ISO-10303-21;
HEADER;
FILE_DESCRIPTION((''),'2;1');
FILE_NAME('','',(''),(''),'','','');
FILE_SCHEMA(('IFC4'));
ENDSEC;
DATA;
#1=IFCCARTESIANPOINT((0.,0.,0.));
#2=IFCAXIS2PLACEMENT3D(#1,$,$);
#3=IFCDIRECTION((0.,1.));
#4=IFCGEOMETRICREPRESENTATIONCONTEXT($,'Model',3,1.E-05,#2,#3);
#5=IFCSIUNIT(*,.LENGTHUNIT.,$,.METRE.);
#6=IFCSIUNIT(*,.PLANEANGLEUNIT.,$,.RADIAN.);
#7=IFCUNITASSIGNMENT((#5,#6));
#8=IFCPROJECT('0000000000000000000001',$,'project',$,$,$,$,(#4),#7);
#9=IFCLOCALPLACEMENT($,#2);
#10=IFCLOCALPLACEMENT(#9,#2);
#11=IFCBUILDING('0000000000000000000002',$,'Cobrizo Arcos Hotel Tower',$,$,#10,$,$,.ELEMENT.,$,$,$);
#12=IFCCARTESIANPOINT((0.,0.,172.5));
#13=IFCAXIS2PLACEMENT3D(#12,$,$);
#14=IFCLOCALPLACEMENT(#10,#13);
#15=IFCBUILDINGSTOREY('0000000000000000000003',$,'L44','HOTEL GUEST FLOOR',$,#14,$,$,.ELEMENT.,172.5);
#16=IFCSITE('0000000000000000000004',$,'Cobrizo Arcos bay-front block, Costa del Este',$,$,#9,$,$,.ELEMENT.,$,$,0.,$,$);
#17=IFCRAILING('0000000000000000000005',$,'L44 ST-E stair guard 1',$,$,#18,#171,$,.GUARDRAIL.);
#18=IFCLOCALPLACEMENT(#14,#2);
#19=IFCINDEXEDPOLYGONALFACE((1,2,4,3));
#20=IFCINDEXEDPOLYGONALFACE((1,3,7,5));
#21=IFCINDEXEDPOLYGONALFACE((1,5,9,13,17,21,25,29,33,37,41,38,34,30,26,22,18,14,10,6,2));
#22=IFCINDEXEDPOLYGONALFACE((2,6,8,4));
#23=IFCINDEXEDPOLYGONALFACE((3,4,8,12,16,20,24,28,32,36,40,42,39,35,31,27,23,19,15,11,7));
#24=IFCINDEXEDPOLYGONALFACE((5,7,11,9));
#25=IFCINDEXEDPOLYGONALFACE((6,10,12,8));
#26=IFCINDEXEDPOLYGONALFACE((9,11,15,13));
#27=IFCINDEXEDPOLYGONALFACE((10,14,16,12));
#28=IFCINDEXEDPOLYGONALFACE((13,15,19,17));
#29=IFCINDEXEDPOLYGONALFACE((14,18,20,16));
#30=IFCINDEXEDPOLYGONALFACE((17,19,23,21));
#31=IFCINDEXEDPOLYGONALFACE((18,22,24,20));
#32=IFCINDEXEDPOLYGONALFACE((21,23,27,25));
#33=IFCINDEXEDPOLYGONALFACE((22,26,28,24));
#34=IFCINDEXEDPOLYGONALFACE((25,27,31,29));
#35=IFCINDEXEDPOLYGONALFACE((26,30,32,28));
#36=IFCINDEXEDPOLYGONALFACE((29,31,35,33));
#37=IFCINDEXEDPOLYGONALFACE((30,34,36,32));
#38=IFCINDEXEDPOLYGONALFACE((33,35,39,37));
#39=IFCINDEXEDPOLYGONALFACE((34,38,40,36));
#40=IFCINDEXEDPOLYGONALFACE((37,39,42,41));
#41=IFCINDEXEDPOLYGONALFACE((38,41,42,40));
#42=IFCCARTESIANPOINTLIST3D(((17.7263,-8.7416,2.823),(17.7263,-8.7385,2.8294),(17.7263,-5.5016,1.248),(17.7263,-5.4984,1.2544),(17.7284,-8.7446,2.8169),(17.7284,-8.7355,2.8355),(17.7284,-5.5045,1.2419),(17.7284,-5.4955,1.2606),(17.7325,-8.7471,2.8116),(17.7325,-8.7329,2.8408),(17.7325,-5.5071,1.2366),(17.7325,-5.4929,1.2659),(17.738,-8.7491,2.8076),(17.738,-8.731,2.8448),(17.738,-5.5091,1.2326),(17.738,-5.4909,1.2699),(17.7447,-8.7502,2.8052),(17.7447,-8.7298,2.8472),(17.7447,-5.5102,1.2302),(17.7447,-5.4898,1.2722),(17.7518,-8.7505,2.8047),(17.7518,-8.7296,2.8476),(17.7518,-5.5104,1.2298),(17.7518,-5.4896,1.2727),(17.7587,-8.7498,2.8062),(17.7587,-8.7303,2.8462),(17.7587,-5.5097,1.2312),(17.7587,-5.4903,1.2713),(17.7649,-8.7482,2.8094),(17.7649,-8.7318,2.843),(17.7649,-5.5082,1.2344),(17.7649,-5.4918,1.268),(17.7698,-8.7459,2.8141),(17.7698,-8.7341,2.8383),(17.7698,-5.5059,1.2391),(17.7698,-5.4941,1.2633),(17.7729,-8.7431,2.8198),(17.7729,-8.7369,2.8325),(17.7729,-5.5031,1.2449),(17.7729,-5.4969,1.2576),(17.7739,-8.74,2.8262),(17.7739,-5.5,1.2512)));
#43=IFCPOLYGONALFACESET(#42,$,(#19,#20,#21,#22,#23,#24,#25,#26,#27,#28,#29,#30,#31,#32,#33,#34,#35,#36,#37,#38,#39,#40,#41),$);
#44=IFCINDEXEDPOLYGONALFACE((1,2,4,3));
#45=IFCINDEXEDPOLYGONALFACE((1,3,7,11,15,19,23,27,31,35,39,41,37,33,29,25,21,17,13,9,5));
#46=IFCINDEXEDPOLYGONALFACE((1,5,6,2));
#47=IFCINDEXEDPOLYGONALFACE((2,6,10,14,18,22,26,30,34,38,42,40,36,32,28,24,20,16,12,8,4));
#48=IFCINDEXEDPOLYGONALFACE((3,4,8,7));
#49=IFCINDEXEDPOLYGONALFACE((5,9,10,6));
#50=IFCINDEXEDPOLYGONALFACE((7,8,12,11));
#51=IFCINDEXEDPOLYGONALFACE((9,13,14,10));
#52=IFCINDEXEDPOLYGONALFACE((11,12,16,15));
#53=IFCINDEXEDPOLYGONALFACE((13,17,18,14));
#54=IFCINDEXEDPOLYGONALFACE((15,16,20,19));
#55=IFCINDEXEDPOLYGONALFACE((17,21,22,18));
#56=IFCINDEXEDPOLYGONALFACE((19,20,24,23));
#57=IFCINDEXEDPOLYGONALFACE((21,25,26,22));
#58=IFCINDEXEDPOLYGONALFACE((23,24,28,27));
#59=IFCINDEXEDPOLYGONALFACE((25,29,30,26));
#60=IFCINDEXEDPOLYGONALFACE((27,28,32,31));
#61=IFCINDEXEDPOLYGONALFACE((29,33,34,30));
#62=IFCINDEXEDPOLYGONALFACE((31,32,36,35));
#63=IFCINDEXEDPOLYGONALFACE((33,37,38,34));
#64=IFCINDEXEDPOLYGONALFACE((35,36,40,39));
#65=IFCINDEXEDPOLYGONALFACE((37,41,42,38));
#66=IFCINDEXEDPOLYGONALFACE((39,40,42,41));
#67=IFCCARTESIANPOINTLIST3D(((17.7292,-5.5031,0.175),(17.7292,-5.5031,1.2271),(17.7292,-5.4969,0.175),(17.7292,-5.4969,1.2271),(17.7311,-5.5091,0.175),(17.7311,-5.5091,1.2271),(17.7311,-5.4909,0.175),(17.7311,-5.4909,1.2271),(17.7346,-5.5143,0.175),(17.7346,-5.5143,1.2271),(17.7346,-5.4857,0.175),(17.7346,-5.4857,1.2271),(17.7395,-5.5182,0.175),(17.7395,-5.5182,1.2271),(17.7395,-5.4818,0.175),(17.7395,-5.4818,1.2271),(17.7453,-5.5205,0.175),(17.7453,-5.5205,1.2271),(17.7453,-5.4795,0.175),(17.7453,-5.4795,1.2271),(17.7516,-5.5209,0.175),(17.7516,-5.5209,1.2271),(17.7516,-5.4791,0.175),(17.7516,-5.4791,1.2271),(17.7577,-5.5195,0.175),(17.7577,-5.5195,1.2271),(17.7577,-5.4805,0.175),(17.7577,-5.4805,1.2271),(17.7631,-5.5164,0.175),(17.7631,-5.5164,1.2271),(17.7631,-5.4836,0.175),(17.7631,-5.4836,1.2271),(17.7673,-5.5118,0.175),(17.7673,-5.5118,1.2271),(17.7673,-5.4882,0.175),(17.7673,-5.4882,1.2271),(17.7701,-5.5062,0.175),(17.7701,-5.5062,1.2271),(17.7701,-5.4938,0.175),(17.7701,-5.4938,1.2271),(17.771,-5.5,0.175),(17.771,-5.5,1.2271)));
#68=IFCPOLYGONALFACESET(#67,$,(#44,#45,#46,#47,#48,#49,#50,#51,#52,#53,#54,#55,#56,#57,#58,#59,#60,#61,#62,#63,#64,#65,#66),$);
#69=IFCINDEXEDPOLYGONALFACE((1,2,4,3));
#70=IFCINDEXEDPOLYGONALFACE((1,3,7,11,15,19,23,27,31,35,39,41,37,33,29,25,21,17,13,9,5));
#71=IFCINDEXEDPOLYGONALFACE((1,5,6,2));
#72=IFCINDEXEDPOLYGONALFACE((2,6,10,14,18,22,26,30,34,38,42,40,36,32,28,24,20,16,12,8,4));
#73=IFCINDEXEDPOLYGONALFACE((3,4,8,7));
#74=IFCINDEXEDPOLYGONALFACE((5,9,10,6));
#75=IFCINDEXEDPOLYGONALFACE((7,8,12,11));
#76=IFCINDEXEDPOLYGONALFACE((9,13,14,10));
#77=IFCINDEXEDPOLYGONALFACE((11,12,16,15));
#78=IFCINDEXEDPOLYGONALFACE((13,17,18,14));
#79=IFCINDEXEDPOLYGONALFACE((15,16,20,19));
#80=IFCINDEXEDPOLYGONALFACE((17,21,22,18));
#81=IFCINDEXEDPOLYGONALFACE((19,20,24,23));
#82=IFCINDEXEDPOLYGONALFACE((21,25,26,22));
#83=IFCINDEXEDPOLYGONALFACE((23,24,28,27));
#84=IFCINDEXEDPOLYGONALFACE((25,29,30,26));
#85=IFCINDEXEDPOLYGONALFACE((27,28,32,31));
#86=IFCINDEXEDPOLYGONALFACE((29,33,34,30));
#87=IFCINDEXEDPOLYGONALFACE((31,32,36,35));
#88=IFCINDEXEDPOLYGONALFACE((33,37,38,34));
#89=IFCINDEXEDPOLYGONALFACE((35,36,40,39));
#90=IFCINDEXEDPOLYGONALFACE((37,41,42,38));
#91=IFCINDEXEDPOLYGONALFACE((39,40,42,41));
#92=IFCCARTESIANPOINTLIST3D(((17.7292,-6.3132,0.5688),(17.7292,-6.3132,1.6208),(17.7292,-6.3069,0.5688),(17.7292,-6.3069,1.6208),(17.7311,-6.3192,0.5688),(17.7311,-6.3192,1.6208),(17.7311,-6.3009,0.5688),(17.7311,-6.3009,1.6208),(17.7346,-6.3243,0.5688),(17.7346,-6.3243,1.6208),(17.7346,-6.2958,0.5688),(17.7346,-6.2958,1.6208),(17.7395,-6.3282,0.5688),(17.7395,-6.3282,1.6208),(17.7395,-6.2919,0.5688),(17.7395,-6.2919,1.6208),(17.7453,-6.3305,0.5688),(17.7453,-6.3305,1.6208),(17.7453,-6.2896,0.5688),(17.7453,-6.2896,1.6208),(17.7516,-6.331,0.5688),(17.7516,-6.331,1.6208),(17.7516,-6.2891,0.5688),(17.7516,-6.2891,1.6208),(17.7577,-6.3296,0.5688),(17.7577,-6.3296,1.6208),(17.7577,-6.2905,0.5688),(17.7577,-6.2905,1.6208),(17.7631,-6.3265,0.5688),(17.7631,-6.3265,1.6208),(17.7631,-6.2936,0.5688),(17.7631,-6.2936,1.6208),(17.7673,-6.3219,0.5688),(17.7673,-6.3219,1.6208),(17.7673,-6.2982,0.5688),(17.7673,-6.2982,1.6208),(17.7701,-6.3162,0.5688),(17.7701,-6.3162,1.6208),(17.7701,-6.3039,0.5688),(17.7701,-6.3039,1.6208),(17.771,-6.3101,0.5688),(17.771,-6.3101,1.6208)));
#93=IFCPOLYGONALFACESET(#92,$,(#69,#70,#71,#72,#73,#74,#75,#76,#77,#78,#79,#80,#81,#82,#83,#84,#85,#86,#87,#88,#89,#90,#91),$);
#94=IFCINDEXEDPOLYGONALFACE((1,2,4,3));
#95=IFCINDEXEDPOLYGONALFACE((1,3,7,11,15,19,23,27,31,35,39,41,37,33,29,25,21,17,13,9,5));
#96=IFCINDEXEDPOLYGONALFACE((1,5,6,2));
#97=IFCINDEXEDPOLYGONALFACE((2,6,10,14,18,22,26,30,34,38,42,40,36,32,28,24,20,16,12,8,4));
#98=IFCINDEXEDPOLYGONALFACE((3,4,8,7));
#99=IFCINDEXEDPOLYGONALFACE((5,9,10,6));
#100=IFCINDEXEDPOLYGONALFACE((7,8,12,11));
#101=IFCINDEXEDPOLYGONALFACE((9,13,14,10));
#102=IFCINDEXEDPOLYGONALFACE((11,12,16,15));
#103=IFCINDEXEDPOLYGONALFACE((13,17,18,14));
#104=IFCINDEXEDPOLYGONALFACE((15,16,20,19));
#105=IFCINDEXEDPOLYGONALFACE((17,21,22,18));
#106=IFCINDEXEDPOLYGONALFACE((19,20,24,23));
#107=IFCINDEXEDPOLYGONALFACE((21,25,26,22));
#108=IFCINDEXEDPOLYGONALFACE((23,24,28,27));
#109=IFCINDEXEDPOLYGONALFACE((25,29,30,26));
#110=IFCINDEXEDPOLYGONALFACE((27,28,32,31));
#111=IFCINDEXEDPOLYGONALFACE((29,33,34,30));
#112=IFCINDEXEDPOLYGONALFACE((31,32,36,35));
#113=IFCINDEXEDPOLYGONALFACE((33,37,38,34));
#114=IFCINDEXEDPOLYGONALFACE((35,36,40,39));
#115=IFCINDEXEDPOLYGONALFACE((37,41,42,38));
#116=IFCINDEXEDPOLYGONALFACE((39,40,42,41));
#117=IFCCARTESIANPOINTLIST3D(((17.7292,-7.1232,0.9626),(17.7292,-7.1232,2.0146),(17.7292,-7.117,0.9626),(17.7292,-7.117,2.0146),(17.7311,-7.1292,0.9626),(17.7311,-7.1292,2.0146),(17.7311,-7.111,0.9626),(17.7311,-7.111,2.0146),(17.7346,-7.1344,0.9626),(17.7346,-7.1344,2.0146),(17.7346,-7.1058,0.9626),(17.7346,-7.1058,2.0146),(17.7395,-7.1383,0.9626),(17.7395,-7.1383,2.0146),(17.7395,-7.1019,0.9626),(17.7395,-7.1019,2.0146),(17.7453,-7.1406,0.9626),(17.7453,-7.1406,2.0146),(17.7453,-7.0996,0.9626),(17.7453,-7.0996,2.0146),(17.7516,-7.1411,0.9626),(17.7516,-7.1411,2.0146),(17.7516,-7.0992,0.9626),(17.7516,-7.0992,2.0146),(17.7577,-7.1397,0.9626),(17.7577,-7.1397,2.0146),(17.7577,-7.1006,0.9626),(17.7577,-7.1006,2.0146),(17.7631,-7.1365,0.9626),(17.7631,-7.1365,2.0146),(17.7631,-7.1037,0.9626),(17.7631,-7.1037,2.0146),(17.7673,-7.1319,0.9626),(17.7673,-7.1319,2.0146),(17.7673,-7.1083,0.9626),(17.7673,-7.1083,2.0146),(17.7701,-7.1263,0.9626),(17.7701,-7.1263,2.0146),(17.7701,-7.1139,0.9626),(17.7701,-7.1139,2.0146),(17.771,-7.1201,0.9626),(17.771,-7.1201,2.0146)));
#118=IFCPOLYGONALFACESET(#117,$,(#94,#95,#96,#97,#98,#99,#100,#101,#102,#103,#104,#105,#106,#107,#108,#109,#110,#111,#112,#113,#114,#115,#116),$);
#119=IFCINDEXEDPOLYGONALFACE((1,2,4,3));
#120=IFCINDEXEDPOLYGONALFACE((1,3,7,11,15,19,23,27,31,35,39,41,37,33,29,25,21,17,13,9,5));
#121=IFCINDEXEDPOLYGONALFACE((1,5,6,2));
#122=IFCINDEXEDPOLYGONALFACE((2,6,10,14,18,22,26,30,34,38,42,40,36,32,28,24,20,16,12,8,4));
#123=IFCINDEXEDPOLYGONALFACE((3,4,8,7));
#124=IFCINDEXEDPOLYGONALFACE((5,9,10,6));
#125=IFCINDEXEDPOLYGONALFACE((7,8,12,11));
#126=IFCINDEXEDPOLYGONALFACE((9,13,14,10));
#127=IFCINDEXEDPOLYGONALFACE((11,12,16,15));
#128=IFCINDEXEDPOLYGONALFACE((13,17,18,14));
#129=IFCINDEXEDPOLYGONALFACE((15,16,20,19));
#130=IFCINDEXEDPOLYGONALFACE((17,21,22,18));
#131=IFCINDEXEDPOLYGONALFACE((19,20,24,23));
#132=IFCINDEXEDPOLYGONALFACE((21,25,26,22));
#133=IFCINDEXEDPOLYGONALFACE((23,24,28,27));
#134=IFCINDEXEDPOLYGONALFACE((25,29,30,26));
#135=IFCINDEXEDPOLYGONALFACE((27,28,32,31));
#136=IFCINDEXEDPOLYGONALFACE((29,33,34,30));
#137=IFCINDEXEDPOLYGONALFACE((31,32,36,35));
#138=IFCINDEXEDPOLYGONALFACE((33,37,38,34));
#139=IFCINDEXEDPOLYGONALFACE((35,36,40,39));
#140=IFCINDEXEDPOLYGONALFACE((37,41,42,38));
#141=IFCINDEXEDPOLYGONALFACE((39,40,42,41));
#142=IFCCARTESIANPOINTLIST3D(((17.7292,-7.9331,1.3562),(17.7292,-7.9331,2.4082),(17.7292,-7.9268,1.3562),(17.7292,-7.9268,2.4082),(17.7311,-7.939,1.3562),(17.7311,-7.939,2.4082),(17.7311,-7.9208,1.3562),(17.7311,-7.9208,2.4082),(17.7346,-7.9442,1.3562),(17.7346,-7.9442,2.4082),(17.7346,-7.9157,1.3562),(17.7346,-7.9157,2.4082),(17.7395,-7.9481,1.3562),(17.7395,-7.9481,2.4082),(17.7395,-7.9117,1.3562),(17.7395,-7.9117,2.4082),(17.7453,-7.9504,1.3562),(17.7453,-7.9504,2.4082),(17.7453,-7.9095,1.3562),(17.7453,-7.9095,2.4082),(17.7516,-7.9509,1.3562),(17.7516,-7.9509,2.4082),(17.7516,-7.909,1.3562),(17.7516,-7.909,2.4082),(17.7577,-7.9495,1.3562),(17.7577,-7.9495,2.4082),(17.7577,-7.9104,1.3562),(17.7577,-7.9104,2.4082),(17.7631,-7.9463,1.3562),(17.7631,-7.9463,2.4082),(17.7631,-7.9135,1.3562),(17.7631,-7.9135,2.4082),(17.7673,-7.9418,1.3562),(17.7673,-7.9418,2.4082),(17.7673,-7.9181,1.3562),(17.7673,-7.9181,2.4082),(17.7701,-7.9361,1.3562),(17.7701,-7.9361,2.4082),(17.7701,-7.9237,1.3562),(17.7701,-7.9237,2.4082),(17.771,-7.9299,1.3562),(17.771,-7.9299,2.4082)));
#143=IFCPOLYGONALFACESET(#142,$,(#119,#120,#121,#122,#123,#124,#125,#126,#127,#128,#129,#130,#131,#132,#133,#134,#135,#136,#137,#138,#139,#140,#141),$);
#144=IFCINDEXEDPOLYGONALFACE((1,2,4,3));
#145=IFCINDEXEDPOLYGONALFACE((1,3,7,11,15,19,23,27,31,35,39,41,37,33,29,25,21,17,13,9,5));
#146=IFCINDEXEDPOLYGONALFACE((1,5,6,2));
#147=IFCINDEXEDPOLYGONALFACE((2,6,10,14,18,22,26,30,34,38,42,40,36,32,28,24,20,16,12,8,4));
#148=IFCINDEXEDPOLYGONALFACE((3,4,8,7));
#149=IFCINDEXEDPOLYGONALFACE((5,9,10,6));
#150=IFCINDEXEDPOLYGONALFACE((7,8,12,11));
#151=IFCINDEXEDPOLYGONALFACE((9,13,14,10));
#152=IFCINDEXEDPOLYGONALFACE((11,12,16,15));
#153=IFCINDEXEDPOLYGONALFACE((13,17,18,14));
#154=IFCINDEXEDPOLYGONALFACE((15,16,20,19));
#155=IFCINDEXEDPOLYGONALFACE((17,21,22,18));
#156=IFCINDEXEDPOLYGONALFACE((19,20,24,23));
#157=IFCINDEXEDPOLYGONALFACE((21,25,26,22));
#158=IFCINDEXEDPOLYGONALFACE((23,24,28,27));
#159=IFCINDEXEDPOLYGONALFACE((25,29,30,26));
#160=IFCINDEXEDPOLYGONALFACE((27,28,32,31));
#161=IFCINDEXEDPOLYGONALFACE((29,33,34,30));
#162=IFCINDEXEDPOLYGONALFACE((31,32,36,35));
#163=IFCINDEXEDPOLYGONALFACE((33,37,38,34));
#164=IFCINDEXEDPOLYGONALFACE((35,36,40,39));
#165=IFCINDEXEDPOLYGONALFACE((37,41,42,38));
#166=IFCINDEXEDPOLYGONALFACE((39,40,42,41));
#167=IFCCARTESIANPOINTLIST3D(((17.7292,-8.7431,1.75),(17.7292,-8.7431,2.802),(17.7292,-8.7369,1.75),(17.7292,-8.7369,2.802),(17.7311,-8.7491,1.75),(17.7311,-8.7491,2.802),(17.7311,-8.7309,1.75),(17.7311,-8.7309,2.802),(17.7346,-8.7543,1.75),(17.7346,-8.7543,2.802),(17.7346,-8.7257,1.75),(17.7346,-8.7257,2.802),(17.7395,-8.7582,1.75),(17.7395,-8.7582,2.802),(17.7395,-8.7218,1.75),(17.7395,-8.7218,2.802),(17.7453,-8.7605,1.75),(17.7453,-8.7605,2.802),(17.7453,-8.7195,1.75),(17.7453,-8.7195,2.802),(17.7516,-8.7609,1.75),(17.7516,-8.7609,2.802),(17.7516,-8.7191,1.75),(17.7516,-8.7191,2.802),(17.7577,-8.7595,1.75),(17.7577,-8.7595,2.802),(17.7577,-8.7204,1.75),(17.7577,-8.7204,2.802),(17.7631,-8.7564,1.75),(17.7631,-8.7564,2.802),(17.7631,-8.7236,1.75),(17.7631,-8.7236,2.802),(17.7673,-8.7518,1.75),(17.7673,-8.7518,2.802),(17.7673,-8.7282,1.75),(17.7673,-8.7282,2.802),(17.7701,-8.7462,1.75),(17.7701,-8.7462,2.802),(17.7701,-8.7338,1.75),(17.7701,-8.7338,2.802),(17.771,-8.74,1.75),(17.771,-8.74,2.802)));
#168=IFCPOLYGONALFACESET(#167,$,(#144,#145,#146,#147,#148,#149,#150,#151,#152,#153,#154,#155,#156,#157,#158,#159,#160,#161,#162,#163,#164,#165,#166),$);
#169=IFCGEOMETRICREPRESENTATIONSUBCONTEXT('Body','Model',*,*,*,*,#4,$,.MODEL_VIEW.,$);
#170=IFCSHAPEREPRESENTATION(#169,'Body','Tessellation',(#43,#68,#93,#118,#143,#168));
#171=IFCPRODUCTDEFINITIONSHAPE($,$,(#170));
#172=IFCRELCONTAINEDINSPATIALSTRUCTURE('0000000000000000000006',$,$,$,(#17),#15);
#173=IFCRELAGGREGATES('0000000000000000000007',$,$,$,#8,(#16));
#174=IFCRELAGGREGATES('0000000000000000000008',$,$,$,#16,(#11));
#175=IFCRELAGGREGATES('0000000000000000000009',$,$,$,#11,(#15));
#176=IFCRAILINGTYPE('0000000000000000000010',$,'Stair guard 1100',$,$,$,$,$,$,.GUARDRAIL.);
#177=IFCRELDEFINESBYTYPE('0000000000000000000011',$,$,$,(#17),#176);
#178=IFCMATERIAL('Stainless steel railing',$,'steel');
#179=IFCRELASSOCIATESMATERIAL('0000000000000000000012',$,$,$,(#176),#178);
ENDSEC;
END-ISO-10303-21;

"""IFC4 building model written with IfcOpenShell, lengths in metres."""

from ifc_helpers import new_model, si_unit, direction, frame, origin, origin_2d, place, context, subcontext, project, spatial, circle, extrude, material, type_object, element, save


model = new_model("IFC4")

# Units and contexts
model_context = context("Model", 3, precision=1e-05, world=origin(), true_north=direction((0.0, 1.0)))
body_context = subcontext(model_context, "Body", "Model", "MODEL_VIEW")
ifc_project = project(units=[si_unit("LENGTHUNIT", "METRE"), si_unit("PLANEANGLEUNIT", "RADIAN")], contexts=[model_context])

# Site, building, storey
site_placement = place(None, origin())
site = spatial("IfcSite", under=ifc_project, at=site_placement, Name="Cobrizo Arcos bay-front block, Costa del Este", CompositionType="ELEMENT", RefElevation=0.0)
building_placement = place(site_placement, origin())
building = spatial("IfcBuilding", under=site, at=building_placement, Name="Cobrizo Arcos Hotel Tower", CompositionType="ELEMENT")
storey_placement = place(building_placement, frame((0.0, 0.0, 172.5)))
storey = spatial("IfcBuildingStorey", under=building, at=storey_placement, Name="L44", Description="HOTEL GUEST FLOOR", CompositionType="ELEMENT", Elevation=172.5)

# Railing
ifc_material_1 = material(Name="Stainless steel railing", Category="steel")
railing_type_1 = type_object("IfcRailingType", Name="Stair guard 1100", PredefinedType="GUARDRAIL", material=ifc_material_1)
railing_1_placement = place(storey_placement, frame((17.75, -5.5, 0.175)))
element("IfcRailing", 1, at=railing_1_placement, inside=storey, type_object=railing_type_1, Name="L44 ST-E stair guard 1", PredefinedType="GUARDRAIL", context=body_context, shape_type="SweptSolid", body=[
    extrude(circle(Radius=0.0239, at=origin_2d()), frame((0.0, 0.0, 1.0762), z_axis=(0.0, -0.899373, 0.437183), x_axis=(1.0, 0.0, 0.0)), (0.0, 0.0, 1.0), 3.6025),
    extrude(circle(Radius=0.021, at=origin_2d()), origin(), (0.0, 0.0, 1.0), 1.052),
    extrude(circle(Radius=0.021, at=origin_2d()), frame((0.0, -0.8101, 0.3938)), (0.0, 0.0, 1.0), 1.052),
    extrude(circle(Radius=0.021, at=origin_2d()), frame((0.0, -1.6201, 0.7876)), (0.0, 0.0, 1.0), 1.052),
    extrude(circle(Radius=0.021, at=origin_2d()), frame((0.0, -2.4299, 1.1812)), (0.0, 0.0, 1.0), 1.052),
    extrude(circle(Radius=0.021, at=origin_2d()), frame((0.0, -3.24, 1.575)), (0.0, 0.0, 1.0), 1.052),
])

save(model, "model.ifc")
